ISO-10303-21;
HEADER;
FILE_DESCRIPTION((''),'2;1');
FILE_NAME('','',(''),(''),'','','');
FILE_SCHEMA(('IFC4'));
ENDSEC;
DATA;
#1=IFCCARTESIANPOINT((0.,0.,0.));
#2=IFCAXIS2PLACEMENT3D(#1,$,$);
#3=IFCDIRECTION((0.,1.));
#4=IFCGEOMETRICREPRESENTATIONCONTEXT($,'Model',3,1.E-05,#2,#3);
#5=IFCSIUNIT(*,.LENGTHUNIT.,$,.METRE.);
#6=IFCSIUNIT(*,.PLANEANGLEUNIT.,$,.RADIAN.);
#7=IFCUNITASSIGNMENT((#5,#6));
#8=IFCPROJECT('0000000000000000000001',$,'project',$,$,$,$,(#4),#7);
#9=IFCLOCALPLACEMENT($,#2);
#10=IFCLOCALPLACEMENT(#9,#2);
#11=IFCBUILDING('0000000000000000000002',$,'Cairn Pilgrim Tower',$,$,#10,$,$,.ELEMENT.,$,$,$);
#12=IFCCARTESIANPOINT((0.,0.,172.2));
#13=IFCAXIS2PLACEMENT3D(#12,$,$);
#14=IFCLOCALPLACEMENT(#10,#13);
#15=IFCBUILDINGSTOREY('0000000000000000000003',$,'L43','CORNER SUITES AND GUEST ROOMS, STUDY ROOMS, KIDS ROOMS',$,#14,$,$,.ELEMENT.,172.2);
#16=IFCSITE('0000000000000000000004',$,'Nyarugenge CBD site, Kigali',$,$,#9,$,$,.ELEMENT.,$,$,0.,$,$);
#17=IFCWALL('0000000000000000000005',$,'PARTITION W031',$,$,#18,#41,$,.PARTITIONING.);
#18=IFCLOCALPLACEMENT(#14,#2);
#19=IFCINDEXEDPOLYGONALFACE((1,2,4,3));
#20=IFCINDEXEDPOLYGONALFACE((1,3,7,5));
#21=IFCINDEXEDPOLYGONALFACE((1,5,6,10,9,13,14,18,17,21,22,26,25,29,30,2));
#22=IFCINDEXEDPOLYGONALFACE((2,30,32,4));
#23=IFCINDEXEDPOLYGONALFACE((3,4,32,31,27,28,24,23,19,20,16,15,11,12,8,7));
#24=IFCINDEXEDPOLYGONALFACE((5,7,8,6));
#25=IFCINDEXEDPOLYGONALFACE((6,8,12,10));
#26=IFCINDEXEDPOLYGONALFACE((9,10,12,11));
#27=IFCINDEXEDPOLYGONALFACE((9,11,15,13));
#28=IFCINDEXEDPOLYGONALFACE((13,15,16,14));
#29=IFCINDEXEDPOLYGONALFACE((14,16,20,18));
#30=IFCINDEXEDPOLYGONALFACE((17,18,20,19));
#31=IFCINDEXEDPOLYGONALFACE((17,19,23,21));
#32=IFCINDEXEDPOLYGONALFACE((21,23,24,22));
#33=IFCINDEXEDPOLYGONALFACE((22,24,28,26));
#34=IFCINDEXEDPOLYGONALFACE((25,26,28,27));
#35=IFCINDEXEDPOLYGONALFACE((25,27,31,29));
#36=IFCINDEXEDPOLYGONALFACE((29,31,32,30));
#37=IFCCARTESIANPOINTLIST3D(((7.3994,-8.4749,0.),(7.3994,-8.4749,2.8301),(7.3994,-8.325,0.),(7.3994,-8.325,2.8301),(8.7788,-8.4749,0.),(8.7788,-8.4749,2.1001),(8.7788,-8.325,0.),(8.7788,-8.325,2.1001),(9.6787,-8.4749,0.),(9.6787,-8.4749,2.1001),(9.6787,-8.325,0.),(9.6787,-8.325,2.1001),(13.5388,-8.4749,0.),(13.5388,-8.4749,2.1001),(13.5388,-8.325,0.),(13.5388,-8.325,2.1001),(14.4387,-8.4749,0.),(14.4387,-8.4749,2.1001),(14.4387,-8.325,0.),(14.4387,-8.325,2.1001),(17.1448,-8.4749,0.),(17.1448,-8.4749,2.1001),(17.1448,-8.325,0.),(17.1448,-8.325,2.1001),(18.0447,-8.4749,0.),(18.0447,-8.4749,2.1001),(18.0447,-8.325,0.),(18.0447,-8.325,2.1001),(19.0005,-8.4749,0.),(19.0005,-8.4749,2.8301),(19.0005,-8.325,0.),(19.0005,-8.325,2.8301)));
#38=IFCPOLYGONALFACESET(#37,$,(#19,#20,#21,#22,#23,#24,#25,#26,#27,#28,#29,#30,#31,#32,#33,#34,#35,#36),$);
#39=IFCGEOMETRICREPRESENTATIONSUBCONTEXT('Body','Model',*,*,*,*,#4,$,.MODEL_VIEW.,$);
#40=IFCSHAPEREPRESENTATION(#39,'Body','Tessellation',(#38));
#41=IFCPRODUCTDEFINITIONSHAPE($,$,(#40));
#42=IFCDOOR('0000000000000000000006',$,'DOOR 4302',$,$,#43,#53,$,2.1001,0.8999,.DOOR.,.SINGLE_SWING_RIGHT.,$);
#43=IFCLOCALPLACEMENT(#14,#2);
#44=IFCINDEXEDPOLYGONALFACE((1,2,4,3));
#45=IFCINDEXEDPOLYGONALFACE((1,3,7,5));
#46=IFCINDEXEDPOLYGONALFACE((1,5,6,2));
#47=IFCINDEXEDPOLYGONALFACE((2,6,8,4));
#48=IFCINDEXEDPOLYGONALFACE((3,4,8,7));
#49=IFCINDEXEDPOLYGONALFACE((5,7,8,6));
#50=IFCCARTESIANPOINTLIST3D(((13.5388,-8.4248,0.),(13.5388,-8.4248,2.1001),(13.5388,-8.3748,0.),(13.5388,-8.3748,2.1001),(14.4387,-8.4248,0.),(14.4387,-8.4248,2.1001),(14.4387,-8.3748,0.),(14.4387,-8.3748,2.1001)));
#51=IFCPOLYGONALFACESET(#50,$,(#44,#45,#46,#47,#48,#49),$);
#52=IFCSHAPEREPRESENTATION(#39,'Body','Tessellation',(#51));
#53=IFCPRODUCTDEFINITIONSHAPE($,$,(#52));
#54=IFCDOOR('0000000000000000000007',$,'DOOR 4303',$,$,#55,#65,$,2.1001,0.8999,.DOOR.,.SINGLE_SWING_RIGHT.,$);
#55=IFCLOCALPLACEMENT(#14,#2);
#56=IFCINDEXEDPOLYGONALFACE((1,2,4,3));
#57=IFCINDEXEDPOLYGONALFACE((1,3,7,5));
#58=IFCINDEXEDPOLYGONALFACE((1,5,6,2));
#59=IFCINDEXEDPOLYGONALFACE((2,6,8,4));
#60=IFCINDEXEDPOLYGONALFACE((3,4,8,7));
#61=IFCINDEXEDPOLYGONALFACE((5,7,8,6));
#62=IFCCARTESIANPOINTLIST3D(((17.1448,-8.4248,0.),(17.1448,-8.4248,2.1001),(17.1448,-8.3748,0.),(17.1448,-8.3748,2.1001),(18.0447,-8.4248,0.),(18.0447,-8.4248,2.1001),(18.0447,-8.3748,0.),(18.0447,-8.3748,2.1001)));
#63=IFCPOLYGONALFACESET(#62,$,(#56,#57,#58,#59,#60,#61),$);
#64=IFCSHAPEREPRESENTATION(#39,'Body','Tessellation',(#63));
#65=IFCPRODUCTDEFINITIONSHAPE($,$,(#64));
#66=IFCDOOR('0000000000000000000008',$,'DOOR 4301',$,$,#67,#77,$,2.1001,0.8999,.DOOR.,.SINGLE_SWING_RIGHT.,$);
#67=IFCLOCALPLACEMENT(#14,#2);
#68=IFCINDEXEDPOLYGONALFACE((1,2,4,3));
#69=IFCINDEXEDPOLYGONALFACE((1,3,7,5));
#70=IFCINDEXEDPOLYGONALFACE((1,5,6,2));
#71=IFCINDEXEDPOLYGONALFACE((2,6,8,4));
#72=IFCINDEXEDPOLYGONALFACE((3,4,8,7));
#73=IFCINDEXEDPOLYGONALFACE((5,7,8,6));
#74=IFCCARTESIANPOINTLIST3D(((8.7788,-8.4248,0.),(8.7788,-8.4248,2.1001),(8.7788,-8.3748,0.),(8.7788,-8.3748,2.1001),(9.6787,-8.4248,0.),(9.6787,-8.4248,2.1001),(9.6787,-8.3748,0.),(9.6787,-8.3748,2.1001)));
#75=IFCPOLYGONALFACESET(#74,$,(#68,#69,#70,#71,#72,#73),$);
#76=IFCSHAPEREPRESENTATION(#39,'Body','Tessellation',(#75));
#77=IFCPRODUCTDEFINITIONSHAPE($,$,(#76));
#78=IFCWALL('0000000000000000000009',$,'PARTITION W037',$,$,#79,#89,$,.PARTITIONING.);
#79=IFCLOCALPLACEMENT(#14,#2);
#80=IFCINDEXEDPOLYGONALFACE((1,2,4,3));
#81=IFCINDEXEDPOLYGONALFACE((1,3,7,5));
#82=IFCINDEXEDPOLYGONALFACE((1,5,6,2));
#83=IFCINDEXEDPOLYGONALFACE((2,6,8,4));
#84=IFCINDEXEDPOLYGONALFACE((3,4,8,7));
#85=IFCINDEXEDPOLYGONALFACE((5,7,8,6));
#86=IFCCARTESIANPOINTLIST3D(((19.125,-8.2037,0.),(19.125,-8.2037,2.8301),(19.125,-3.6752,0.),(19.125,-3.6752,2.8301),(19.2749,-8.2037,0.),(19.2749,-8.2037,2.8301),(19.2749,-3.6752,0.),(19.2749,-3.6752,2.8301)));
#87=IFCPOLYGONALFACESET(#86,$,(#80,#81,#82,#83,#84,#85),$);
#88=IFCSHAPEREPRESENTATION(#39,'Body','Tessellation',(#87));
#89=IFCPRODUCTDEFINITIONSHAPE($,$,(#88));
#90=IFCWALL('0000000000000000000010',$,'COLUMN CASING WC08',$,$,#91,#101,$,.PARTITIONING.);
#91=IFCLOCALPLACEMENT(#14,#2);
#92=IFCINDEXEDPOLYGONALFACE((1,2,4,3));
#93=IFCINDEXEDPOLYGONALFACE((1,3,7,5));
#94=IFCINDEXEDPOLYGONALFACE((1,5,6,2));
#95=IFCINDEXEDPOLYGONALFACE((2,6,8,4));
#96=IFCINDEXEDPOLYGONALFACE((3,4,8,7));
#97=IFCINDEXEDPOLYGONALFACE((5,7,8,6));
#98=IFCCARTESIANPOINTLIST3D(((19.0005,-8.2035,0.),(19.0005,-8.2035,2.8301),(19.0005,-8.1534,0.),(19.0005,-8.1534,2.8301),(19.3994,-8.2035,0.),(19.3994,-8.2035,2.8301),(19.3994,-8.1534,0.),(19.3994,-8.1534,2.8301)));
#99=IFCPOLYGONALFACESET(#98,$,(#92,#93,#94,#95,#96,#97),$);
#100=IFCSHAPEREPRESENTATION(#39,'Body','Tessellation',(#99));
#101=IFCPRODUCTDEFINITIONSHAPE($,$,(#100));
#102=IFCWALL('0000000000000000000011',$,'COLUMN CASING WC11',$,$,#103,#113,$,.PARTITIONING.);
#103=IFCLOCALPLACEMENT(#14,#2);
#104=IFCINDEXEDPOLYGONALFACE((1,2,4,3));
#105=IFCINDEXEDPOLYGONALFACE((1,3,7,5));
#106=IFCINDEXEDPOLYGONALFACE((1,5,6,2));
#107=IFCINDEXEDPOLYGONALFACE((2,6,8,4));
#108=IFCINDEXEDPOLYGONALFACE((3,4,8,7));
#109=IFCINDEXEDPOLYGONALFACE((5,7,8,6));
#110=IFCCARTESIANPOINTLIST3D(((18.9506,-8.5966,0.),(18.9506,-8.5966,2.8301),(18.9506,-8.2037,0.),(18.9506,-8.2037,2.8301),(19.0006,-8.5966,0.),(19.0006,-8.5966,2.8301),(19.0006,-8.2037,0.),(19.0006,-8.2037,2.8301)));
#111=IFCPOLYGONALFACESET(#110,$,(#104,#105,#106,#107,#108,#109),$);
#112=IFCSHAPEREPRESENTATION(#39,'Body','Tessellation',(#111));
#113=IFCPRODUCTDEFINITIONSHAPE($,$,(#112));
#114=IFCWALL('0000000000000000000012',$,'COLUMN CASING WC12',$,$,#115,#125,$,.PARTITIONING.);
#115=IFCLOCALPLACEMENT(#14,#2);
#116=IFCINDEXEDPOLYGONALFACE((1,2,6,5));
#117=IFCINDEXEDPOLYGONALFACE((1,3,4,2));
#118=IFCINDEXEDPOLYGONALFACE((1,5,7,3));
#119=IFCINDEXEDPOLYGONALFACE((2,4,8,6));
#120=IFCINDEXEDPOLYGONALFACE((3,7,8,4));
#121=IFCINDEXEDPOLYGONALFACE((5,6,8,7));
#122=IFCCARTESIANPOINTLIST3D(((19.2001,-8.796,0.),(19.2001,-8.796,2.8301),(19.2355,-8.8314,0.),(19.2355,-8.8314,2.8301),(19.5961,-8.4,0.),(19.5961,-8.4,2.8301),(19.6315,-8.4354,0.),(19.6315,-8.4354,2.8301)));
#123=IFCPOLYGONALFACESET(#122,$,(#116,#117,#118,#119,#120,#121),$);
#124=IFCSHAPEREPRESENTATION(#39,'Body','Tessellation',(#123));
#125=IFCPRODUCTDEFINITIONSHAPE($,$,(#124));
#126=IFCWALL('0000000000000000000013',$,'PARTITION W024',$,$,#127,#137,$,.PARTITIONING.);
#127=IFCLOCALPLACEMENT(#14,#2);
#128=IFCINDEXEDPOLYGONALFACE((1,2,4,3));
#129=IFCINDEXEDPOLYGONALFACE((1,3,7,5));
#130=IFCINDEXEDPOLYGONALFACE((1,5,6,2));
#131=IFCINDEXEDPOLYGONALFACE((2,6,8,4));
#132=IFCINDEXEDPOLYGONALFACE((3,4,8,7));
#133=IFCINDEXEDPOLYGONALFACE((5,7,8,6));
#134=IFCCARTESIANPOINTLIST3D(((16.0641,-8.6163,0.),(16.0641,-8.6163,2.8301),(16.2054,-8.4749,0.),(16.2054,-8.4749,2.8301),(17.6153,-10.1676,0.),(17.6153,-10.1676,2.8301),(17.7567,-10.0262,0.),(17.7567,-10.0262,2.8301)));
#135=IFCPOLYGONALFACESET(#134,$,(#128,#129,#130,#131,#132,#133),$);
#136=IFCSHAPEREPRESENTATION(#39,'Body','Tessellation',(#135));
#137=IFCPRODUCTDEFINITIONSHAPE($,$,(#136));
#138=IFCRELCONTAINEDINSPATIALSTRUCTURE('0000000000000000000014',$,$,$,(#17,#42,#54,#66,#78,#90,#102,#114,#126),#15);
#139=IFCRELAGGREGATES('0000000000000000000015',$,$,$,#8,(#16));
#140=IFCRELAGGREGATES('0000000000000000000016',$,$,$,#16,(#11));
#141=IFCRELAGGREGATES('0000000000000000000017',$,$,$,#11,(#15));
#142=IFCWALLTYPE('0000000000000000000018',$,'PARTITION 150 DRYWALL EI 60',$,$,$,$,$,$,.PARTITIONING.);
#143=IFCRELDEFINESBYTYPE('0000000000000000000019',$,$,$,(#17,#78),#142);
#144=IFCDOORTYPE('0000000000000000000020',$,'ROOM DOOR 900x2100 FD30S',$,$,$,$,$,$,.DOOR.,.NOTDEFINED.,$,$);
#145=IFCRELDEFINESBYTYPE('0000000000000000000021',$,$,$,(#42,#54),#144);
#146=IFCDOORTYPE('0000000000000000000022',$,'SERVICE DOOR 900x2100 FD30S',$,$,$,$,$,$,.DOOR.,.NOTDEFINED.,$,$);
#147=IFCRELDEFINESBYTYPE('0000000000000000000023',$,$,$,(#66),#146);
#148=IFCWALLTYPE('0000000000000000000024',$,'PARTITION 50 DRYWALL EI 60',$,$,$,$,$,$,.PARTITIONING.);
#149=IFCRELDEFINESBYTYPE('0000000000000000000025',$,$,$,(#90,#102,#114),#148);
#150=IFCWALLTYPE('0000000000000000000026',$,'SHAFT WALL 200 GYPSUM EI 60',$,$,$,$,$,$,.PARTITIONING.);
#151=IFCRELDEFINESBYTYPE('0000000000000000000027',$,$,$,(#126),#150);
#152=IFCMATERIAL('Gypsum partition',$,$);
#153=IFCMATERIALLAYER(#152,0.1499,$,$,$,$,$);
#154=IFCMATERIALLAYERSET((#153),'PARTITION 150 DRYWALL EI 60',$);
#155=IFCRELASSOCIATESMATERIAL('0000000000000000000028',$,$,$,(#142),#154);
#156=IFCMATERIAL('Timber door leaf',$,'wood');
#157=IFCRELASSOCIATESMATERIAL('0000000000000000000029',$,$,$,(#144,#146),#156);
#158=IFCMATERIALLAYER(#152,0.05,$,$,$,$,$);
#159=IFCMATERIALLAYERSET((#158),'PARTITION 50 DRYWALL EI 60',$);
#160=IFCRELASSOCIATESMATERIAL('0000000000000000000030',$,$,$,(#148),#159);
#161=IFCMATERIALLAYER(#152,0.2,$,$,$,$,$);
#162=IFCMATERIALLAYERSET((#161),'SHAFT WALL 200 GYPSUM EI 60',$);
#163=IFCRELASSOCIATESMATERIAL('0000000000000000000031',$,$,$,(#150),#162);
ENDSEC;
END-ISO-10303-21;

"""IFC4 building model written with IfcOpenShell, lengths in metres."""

from ifc_helpers import new_model, si_unit, direction, frame, frame_2d, origin, place, context, subcontext, project, spatial, rectangle, extrude, material, layer, layer_set, type_object, element, fill, save


model = new_model("IFC4")

# Units and contexts
model_context = context("Model", 3, precision=1e-05, world=origin(), true_north=direction((0.0, 1.0)))
body_context = subcontext(model_context, "Body", "Model", "MODEL_VIEW")
ifc_project = project(units=[si_unit("LENGTHUNIT", "METRE"), si_unit("PLANEANGLEUNIT", "RADIAN")], contexts=[model_context])

# Site, building, storey
site_placement = place(None, origin())
site = spatial("IfcSite", under=ifc_project, at=site_placement, Name="Nyarugenge CBD site, Kigali", CompositionType="ELEMENT", RefElevation=0.0)
building_placement = place(site_placement, origin())
building = spatial("IfcBuilding", under=site, at=building_placement, Name="Cairn Pilgrim Tower", CompositionType="ELEMENT")
storey_placement = place(building_placement, frame((0.0, 0.0, 172.2)))
storey = spatial("IfcBuildingStorey", under=building, at=storey_placement, Name="L43", Description="CORNER SUITES AND GUEST ROOMS, STUDY ROOMS, KIDS ROOMS", CompositionType="ELEMENT", Elevation=172.2)

# Shared definitions
ifc_material_1 = material(Name="Gypsum partition")
ifc_material_2 = material(Name="Timber door leaf", Category="wood")

# Wall, openings, doors
ifc_layer_1 = layer(ifc_material_1, 0.1499)
ifc_layer_set_1 = layer_set([ifc_layer_1], Name="PARTITION 150 DRYWALL EI 60")
wall_type_1 = type_object("IfcWallType", Name="PARTITION 150 DRYWALL EI 60", PredefinedType="PARTITIONING", material=ifc_layer_set_1)
wall_1_placement = place(storey_placement, frame((7.3994, -8.3999, 0.0), z_axis=(0.0, 0.0, 1.0), x_axis=(1.0, 0.0, 0.0)))
wall_1 = element("IfcWall", 1, at=wall_1_placement, inside=storey, type_object=wall_type_1, Name="PARTITION W031", PredefinedType="PARTITIONING", context=body_context, shape_type="SweptSolid", body=[
    extrude(rectangle(XDim=11.6011, YDim=0.1499, at=frame_2d((5.8005, 0.0))), origin(), (0.0, 0.0, 1.0), 2.8301),
])
opening_1_placement = place(wall_1_placement, frame((1.3794, 0.0, 0.0)))
opening_1 = element("IfcOpeningElement", 2, at=opening_1_placement, cuts=wall_1, PredefinedType="OPENING", context=body_context, shape_type="SweptSolid", body=[
    extrude(rectangle(XDim=0.8999, YDim=2.1001, at=frame_2d((0.45, 1.05))), frame((0.0, 0.085, 0.0), z_axis=(0.0, -1.0, 0.0), x_axis=(1.0, 0.0, 0.0)), (0.0, 0.0, 1.0), 0.1699),
])
opening_2_placement = place(wall_1_placement, frame((6.1394, 0.0, 0.0)))
opening_2 = element("IfcOpeningElement", 3, at=opening_2_placement, cuts=wall_1, PredefinedType="OPENING", context=body_context, shape_type="SweptSolid", body=[
    extrude(rectangle(XDim=0.8999, YDim=2.1001, at=frame_2d((0.45, 1.05))), frame((0.0, 0.085, 0.0), z_axis=(0.0, -1.0, 0.0), x_axis=(1.0, 0.0, 0.0)), (0.0, 0.0, 1.0), 0.1699),
])
opening_3_placement = place(wall_1_placement, frame((9.7454, 0.0, 0.0)))
opening_3 = element("IfcOpeningElement", 4, at=opening_3_placement, cuts=wall_1, PredefinedType="OPENING", context=body_context, shape_type="SweptSolid", body=[
    extrude(rectangle(XDim=0.8999, YDim=2.1001, at=frame_2d((0.45, 1.05))), frame((0.0, 0.085, 0.0), z_axis=(0.0, -1.0, 0.0), x_axis=(1.0, 0.0, 0.0)), (0.0, 0.0, 1.0), 0.1699),
])
door_type_1 = type_object("IfcDoorType", Name="ROOM DOOR 900x2100 FD30S", OperationType="NOTDEFINED", PredefinedType="DOOR", material=ifc_material_2)
door_1_placement = place(opening_2_placement, frame((0.8999, 0.0, 0.0), z_axis=(0.0, 0.0, 1.0), x_axis=(-1.0, 0.0, 0.0)))
door_1 = element("IfcDoor", 5, at=door_1_placement, inside=storey, type_object=door_type_1, Name="DOOR 4302", OperationType="SINGLE_SWING_RIGHT", OverallHeight=2.1001, OverallWidth=0.8999, PredefinedType="DOOR", context=body_context, shape_type="SweptSolid", body=[
    extrude(rectangle(XDim=0.8999, YDim=2.1001, at=frame_2d((0.45, 1.05))), frame((0.0, 0.0249, 0.0), z_axis=(0.0, -1.0, 0.0), x_axis=(1.0, 0.0, 0.0)), (0.0, 0.0, 1.0), 0.05),
])
fill(opening_2, door_1)
door_2_placement = place(opening_3_placement, frame((0.8999, 0.0, 0.0), z_axis=(0.0, 0.0, 1.0), x_axis=(-1.0, 0.0, 0.0)))
door_2 = element("IfcDoor", 6, at=door_2_placement, inside=storey, type_object=door_type_1, Name="DOOR 4303", OperationType="SINGLE_SWING_RIGHT", OverallHeight=2.1001, OverallWidth=0.8999, PredefinedType="DOOR", context=body_context, shape_type="SweptSolid", body=[
    extrude(rectangle(XDim=0.8999, YDim=2.1001, at=frame_2d((0.45, 1.05))), frame((0.0, 0.0249, 0.0), z_axis=(0.0, -1.0, 0.0), x_axis=(1.0, 0.0, 0.0)), (0.0, 0.0, 1.0), 0.05),
])
fill(opening_3, door_2)
door_type_2 = type_object("IfcDoorType", Name="SERVICE DOOR 900x2100 FD30S", OperationType="NOTDEFINED", PredefinedType="DOOR", material=ifc_material_2)
door_3_placement = place(opening_1_placement, frame((0.8999, 0.0, 0.0), z_axis=(0.0, 0.0, 1.0), x_axis=(-1.0, 0.0, 0.0)))
door_3 = element("IfcDoor", 7, at=door_3_placement, inside=storey, type_object=door_type_2, Name="DOOR 4301", OperationType="SINGLE_SWING_RIGHT", OverallHeight=2.1001, OverallWidth=0.8999, PredefinedType="DOOR", context=body_context, shape_type="SweptSolid", body=[
    extrude(rectangle(XDim=0.8999, YDim=2.1001, at=frame_2d((0.45, 1.05))), frame((0.0, 0.0249, 0.0), z_axis=(0.0, -1.0, 0.0), x_axis=(1.0, 0.0, 0.0)), (0.0, 0.0, 1.0), 0.05),
])
fill(opening_1, door_3)

# Walls
wall_2_placement = place(storey_placement, frame((19.2, -8.2036, 0.0), z_axis=(0.0, 0.0, 1.0), x_axis=(0.0, 1.0, 0.0)))
element("IfcWall", 8, at=wall_2_placement, inside=storey, type_object=wall_type_1, Name="PARTITION W037", PredefinedType="PARTITIONING", context=body_context, shape_type="SweptSolid", body=[
    extrude(rectangle(XDim=4.5286, YDim=0.1499, at=frame_2d((2.2642, 0.0))), origin(), (0.0, 0.0, 1.0), 2.8301),
])
ifc_layer_2 = layer(ifc_material_1, 0.05)
ifc_layer_set_2 = layer_set([ifc_layer_2], Name="PARTITION 50 DRYWALL EI 60")
wall_type_2 = type_object("IfcWallType", Name="PARTITION 50 DRYWALL EI 60", PredefinedType="PARTITIONING", material=ifc_layer_set_2)
wall_3_placement = place(storey_placement, frame((19.0005, -8.1785, 0.0), z_axis=(0.0, 0.0, 1.0), x_axis=(1.0, 0.0, 0.0)))
element("IfcWall", 9, at=wall_3_placement, inside=storey, type_object=wall_type_2, Name="COLUMN CASING WC08", PredefinedType="PARTITIONING", context=body_context, shape_type="SweptSolid", body=[
    extrude(rectangle(XDim=0.3989, YDim=0.05, at=frame_2d((0.1995, 0.0))), origin(), (0.0, 0.0, 1.0), 2.8301),
])
wall_4_placement = place(storey_placement, frame((18.9756, -8.5964, 0.0), z_axis=(0.0, 0.0, 1.0), x_axis=(0.0, 1.0, 0.0)))
element("IfcWall", 10, at=wall_4_placement, inside=storey, type_object=wall_type_2, Name="COLUMN CASING WC11", PredefinedType="PARTITIONING", context=body_context, shape_type="SweptSolid", body=[
    extrude(rectangle(XDim=0.3928, YDim=0.05, at=frame_2d((0.1963, 0.0))), origin(), (0.0, 0.0, 1.0), 2.8301),
])
wall_5_placement = place(storey_placement, frame((19.2178, -8.8137, 0.0), z_axis=(0.0, 0.0, 1.0), x_axis=(0.707107, 0.707107, 0.0)))
element("IfcWall", 11, at=wall_5_placement, inside=storey, type_object=wall_type_2, Name="COLUMN CASING WC12", PredefinedType="PARTITIONING", context=body_context, shape_type="SweptSolid", body=[
    extrude(rectangle(XDim=0.5601, YDim=0.05, at=frame_2d((0.28, 0.0))), origin(), (0.0, 0.0, 1.0), 2.8301),
])
ifc_layer_3 = layer(ifc_material_1, 0.2)
ifc_layer_set_3 = layer_set([ifc_layer_3], Name="SHAFT WALL 200 GYPSUM EI 60")
wall_type_3 = type_object("IfcWallType", Name="SHAFT WALL 200 GYPSUM EI 60", PredefinedType="PARTITIONING", material=ifc_layer_set_3)
wall_6_placement = place(storey_placement, frame((17.686, -10.0969, 0.0), z_axis=(0.0, 0.0, 1.0), x_axis=(-0.707107, 0.707107, 0.0)))
element("IfcWall", 12, at=wall_6_placement, inside=storey, type_object=wall_type_3, Name="PARTITION W024", PredefinedType="PARTITIONING", context=body_context, shape_type="SweptSolid", body=[
    extrude(rectangle(XDim=2.1938, YDim=0.2, at=frame_2d((1.0969, 0.0))), origin(), (0.0, 0.0, 1.0), 2.8301),
])

save(model, "model.ifc")
